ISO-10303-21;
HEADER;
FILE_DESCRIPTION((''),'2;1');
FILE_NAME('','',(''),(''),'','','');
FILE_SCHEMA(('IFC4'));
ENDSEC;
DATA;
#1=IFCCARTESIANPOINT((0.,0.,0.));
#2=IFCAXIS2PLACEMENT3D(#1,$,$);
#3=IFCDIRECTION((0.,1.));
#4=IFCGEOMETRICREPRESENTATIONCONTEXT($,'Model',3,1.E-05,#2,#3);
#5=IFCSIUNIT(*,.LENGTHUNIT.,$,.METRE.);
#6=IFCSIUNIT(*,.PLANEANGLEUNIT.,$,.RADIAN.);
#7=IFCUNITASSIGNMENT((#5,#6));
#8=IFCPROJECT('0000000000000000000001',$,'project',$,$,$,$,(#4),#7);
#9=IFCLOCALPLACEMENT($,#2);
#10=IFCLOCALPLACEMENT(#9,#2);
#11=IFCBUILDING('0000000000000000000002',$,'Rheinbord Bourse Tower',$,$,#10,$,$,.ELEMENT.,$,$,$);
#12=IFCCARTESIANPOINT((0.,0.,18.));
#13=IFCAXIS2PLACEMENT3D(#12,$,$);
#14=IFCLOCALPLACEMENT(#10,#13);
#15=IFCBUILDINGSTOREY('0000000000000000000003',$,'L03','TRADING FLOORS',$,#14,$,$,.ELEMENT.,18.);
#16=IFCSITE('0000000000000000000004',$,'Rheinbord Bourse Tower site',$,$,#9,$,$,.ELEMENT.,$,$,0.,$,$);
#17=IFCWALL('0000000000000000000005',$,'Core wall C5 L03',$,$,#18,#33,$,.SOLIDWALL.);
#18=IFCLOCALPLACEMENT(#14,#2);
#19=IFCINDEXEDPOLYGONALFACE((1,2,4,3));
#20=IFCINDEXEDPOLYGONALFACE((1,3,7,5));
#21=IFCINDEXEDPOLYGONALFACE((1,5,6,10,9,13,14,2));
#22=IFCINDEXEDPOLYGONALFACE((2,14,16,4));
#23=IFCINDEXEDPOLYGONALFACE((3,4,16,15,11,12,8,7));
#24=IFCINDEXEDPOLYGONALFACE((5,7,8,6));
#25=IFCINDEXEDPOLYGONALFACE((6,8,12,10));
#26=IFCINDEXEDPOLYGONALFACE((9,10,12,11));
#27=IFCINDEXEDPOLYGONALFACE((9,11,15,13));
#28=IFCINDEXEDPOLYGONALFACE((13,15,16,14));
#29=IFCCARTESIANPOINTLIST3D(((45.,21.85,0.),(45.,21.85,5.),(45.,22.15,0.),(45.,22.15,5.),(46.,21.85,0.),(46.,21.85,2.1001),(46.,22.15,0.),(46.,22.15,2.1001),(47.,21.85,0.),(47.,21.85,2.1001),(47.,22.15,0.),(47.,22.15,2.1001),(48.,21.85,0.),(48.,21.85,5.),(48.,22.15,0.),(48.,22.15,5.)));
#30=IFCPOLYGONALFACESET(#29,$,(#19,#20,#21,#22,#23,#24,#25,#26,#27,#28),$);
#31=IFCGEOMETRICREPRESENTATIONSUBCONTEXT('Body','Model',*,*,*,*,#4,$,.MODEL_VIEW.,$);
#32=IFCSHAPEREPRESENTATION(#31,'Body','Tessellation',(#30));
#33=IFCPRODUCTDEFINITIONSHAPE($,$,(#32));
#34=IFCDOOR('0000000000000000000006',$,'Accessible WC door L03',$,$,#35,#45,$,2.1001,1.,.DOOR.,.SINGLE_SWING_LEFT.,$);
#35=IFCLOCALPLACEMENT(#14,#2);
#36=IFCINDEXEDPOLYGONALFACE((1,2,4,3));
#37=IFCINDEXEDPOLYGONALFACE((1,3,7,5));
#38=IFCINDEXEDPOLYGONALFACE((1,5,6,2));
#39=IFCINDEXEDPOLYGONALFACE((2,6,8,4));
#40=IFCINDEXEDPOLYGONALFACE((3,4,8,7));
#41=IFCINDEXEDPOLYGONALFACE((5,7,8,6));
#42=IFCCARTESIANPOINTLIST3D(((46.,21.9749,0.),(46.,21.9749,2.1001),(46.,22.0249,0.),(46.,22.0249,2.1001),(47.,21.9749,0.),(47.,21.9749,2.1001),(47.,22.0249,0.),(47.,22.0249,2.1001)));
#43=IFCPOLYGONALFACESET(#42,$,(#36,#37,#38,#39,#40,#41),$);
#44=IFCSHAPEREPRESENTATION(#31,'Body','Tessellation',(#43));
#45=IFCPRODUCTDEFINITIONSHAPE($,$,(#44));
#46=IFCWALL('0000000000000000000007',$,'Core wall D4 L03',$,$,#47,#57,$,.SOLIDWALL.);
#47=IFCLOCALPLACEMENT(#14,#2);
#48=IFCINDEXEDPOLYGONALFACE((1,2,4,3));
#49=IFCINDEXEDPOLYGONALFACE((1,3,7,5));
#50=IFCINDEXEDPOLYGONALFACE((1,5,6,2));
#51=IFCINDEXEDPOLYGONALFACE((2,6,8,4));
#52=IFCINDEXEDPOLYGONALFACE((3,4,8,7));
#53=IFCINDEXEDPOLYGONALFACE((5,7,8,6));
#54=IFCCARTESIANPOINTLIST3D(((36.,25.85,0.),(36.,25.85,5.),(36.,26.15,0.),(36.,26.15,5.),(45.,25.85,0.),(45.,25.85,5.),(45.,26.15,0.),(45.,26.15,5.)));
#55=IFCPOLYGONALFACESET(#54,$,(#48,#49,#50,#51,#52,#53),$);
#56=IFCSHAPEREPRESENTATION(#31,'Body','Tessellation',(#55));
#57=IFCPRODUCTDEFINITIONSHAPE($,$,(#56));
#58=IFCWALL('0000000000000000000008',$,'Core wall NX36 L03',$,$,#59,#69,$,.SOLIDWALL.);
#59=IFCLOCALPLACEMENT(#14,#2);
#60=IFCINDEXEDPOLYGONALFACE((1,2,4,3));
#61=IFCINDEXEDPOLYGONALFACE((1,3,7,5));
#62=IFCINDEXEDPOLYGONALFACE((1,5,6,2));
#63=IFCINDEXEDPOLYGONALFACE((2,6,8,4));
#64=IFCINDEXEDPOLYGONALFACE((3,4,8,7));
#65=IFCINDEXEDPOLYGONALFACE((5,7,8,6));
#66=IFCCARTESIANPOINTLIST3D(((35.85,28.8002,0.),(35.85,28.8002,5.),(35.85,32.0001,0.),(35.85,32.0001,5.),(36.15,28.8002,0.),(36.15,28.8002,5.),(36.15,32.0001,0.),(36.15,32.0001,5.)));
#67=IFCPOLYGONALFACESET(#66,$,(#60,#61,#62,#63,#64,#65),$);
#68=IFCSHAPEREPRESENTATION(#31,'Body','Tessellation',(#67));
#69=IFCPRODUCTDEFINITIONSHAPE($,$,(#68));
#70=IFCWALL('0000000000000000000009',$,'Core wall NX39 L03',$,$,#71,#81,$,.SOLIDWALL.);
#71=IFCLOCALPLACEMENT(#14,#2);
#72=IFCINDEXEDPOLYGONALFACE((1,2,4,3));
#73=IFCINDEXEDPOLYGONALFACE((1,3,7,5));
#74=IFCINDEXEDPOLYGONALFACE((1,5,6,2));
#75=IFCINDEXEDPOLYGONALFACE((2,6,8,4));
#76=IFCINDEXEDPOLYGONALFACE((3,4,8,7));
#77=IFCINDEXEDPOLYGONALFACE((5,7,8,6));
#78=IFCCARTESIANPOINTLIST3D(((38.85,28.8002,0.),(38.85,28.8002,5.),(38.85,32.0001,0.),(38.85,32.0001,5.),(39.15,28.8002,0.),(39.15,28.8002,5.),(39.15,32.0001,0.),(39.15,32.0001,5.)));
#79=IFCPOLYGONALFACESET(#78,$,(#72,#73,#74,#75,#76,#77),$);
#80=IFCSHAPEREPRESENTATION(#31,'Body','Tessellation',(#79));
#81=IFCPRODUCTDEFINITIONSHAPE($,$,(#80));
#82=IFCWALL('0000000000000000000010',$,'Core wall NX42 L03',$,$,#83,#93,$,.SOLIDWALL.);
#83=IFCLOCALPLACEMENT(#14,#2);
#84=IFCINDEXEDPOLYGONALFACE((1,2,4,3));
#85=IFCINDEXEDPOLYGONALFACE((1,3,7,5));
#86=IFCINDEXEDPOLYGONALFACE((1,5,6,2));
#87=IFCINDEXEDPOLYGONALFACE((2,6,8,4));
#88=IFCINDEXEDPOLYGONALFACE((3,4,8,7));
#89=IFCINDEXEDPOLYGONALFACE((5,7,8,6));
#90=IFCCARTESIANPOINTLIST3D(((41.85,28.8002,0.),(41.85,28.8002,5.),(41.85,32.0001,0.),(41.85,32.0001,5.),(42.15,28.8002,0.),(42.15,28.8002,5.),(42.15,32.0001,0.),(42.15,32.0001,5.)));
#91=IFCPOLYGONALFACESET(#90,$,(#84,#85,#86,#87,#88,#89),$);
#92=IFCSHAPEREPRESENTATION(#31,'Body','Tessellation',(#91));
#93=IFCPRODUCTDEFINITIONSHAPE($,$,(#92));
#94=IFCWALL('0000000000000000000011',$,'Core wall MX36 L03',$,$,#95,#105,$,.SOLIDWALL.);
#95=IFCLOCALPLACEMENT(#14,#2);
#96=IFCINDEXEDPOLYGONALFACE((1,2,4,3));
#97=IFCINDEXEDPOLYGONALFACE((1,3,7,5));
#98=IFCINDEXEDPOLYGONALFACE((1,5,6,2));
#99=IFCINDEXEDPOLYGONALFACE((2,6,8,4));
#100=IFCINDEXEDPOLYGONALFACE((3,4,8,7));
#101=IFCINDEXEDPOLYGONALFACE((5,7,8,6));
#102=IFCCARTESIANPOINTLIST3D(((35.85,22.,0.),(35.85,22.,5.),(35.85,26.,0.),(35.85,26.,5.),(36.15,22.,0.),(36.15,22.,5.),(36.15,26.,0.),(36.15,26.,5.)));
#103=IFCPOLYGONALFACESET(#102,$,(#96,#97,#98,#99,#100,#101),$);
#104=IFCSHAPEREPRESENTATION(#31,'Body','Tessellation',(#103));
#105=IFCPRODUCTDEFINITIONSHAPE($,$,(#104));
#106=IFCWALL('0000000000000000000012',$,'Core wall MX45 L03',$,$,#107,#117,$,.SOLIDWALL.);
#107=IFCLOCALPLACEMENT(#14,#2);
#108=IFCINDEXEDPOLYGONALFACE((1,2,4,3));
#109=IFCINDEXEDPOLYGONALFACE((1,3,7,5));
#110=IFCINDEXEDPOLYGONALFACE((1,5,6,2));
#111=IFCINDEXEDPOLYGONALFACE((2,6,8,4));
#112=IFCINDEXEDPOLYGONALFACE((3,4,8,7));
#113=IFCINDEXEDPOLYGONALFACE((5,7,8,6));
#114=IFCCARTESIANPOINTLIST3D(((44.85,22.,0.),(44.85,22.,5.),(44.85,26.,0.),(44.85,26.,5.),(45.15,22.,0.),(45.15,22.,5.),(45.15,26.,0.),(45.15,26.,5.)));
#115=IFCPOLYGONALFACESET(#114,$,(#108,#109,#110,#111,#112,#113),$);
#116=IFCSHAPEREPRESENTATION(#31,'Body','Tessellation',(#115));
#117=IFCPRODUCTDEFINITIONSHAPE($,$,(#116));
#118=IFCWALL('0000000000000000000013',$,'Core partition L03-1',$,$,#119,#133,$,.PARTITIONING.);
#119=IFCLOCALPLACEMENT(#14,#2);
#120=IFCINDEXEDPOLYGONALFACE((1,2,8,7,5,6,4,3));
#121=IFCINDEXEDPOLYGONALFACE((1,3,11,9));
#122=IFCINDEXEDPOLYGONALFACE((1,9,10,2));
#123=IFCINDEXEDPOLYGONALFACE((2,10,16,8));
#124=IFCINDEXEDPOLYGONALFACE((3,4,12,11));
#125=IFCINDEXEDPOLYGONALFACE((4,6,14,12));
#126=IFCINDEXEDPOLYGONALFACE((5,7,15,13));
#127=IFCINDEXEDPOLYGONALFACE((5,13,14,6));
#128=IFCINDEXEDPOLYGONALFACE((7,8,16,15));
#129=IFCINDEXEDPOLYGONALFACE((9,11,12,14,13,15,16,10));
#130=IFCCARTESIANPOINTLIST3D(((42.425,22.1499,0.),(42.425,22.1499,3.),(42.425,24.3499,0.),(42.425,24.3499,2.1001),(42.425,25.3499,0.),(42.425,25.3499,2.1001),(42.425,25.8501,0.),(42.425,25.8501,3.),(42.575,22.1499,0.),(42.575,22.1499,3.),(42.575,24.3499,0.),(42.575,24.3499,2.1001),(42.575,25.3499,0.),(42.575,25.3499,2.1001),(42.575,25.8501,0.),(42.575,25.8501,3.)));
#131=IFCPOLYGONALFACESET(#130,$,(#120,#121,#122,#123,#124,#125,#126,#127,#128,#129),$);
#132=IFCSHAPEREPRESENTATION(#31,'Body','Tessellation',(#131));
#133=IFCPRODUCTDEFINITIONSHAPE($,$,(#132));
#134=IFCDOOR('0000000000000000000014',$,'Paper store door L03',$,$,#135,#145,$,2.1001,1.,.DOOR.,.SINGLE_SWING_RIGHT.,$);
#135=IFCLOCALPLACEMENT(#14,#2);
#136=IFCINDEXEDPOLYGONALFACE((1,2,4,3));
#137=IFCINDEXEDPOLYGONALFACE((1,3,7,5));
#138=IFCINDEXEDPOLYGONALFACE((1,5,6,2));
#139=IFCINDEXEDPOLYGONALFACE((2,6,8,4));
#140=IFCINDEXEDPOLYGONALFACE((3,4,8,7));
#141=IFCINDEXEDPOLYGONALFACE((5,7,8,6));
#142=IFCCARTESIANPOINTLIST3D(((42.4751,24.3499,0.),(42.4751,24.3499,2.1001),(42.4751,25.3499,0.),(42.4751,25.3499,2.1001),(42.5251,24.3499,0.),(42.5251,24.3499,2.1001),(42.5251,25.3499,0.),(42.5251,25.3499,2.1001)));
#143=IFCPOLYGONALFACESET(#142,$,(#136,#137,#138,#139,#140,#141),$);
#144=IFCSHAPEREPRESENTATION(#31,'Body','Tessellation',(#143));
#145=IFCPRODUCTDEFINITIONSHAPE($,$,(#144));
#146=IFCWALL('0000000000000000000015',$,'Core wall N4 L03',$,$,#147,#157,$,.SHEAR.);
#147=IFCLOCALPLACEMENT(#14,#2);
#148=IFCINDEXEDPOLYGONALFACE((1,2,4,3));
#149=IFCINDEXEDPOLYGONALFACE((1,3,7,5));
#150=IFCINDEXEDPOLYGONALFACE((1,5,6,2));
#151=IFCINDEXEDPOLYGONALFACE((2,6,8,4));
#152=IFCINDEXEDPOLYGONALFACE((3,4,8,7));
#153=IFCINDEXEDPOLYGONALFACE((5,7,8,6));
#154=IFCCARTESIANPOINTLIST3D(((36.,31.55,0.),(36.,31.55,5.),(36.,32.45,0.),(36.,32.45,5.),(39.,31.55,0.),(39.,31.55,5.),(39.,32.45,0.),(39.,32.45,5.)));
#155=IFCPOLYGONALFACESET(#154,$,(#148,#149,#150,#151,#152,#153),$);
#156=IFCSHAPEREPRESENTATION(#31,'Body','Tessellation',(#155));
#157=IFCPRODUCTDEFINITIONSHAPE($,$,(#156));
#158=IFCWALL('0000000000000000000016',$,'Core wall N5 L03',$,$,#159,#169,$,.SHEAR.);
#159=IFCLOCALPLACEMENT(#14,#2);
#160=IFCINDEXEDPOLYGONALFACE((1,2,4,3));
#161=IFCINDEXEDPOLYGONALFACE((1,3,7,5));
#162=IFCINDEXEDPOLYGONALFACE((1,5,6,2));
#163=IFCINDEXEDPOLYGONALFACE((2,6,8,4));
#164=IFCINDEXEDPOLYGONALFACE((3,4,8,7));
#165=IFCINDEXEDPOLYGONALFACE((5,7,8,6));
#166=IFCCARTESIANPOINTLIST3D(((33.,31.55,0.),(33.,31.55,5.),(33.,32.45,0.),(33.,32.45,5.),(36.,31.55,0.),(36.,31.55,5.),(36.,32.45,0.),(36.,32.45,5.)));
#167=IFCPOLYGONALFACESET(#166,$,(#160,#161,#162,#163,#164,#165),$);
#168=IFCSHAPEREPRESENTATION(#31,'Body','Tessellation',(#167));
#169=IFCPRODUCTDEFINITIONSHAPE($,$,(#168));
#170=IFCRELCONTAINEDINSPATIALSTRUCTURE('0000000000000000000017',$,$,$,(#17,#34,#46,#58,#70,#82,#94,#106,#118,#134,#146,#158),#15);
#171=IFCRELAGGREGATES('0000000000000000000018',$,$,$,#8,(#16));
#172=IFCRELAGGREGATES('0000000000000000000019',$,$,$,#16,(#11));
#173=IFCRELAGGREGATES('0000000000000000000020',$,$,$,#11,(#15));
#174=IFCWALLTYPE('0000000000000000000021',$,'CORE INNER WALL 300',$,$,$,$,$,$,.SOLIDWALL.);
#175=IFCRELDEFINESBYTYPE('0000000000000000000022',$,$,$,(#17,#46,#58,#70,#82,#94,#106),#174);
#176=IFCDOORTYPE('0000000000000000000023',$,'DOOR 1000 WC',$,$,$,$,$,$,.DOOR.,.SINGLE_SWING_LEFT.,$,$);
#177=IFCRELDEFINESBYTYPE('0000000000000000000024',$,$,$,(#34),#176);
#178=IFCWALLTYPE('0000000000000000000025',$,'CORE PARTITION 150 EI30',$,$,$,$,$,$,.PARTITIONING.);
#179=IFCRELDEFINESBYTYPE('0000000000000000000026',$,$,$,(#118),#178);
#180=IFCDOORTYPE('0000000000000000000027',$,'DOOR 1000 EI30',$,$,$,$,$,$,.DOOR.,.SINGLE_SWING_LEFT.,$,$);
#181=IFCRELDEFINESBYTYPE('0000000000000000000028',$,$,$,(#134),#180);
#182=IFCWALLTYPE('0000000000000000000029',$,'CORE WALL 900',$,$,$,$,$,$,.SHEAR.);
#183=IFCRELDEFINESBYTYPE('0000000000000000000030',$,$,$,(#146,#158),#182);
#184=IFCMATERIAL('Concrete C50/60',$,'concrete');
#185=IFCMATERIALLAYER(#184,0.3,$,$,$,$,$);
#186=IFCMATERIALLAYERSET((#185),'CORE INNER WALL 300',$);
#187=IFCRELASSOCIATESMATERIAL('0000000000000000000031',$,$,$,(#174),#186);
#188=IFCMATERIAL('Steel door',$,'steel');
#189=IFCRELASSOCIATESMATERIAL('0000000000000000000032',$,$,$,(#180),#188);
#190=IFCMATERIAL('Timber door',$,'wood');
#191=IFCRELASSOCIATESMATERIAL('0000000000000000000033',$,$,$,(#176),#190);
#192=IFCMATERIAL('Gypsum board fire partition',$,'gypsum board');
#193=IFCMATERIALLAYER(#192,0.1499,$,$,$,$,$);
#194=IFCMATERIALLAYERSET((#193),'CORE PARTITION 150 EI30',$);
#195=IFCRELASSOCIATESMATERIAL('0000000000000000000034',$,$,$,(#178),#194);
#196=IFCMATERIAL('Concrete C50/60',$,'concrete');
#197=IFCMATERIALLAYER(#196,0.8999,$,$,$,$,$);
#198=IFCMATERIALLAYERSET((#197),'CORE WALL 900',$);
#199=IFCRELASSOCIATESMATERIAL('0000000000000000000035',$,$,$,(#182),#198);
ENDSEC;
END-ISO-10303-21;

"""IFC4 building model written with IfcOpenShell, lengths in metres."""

from ifc_helpers import new_model, si_unit, direction, frame, frame_2d, origin, place, context, subcontext, project, spatial, rectangle, extrude, material, layer, layer_set, type_object, element, fill, save


model = new_model("IFC4")

# Units and contexts
model_context = context("Model", 3, precision=1e-05, world=origin(), true_north=direction((0.0, 1.0)))
body_context = subcontext(model_context, "Body", "Model", "MODEL_VIEW")
ifc_project = project(units=[si_unit("LENGTHUNIT", "METRE"), si_unit("PLANEANGLEUNIT", "RADIAN")], contexts=[model_context])

# Site, building, storey
site_placement = place(None, origin())
site = spatial("IfcSite", under=ifc_project, at=site_placement, Name="Rheinbord Bourse Tower site", CompositionType="ELEMENT", RefElevation=0.0)
building_placement = place(site_placement, origin())
building = spatial("IfcBuilding", under=site, at=building_placement, Name="Rheinbord Bourse Tower", CompositionType="ELEMENT")
storey_placement = place(building_placement, frame((0.0, 0.0, 18.0)))
storey = spatial("IfcBuildingStorey", under=building, at=storey_placement, Name="L03", Description="TRADING FLOORS", CompositionType="ELEMENT", Elevation=18.0)

# Shared definitions
ifc_material_1 = material(Name="Concrete C50/60", Category="concrete")
ifc_layer_1 = layer(ifc_material_1, 0.3)
ifc_layer_set_1 = layer_set([ifc_layer_1], Name="CORE INNER WALL 300")
wall_type_1 = type_object("IfcWallType", Name="CORE INNER WALL 300", PredefinedType="SOLIDWALL", material=ifc_layer_set_1)

# Shared definitions
ifc_material_2 = material(Name="Steel door", Category="steel")
door_type_1 = type_object("IfcDoorType", Name="DOOR 1000 EI30", OperationType="SINGLE_SWING_LEFT", PredefinedType="DOOR", material=ifc_material_2)

# Wall, opening, door
wall_1_placement = place(storey_placement, frame((45.0, 22.0, 0.0), z_axis=(0.0, 0.0, 1.0), x_axis=(1.0, 0.0, 0.0)))
wall_1 = element("IfcWall", 1, at=wall_1_placement, inside=storey, type_object=wall_type_1, Name="Core wall C5 L03", PredefinedType="SOLIDWALL", context=body_context, shape_type="SweptSolid", body=[
    extrude(rectangle(XDim=3.0, YDim=0.3, at=frame_2d((1.5, 0.0))), origin(), (0.0, 0.0, 1.0), 5.0),
])
opening_1_placement = place(wall_1_placement, frame((1.0, 0.0, 0.0)))
opening_1 = element("IfcOpeningElement", 2, at=opening_1_placement, cuts=wall_1, PredefinedType="OPENING", context=body_context, shape_type="SweptSolid", body=[
    extrude(rectangle(XDim=1.0, YDim=2.1001, at=frame_2d((0.5, 1.05))), frame((0.0, 0.1599, 0.0), z_axis=(0.0, -1.0, 0.0), x_axis=(1.0, 0.0, 0.0)), (0.0, 0.0, 1.0), 0.3201),
])
ifc_material_3 = material(Name="Timber door", Category="wood")
door_type_2 = type_object("IfcDoorType", Name="DOOR 1000 WC", OperationType="SINGLE_SWING_LEFT", PredefinedType="DOOR", material=ifc_material_3)
door_1_placement = place(opening_1_placement, origin())
door_1 = element("IfcDoor", 3, at=door_1_placement, inside=storey, type_object=door_type_2, Name="Accessible WC door L03", OperationType="SINGLE_SWING_LEFT", OverallHeight=2.1001, OverallWidth=1.0, PredefinedType="DOOR", context=body_context, shape_type="SweptSolid", body=[
    extrude(rectangle(XDim=1.0, YDim=2.1001, at=frame_2d((0.5, 1.05))), frame((0.0, 0.0249, 0.0), z_axis=(0.0, -1.0, 0.0), x_axis=(1.0, 0.0, 0.0)), (0.0, 0.0, 1.0), 0.05),
])
fill(opening_1, door_1)

# Walls
wall_2_placement = place(storey_placement, frame((36.0, 26.0, 0.0), z_axis=(0.0, 0.0, 1.0), x_axis=(1.0, 0.0, 0.0)))
element("IfcWall", 4, at=wall_2_placement, inside=storey, type_object=wall_type_1, Name="Core wall D4 L03", PredefinedType="SOLIDWALL", context=body_context, shape_type="SweptSolid", body=[
    extrude(rectangle(XDim=9.0, YDim=0.3, at=frame_2d((4.5, 0.0))), origin(), (0.0, 0.0, 1.0), 5.0),
])
for number, where, z_axis, x_axis, name in (
    (5, (36.0, 28.8, 0.0), (0.0, 0.0, 1.0), (0.0, 1.0, 0.0), "Core wall NX36 L03"),
    (6, (39.0, 28.8, 0.0), (0.0, 0.0, 1.0), (0.0, 1.0, 0.0), "Core wall NX39 L03"),
    (7, (42.0, 28.8, 0.0), (0.0, 0.0, 1.0), (0.0, 1.0, 0.0), "Core wall NX42 L03"),
):
    element("IfcWall", number, at=place(storey_placement, frame(where, z_axis=z_axis, x_axis=x_axis)), inside=storey, type_object=wall_type_1, Name=name, PredefinedType="SOLIDWALL", context=body_context, shape_type="SweptSolid", body=[
        extrude(rectangle(XDim=3.2, YDim=0.3, at=frame_2d((1.6001, 0.0))), origin(), (0.0, 0.0, 1.0), 5.0),
    ])
for number, where, z_axis, x_axis, name in (
    (8, (36.0, 22.0, 0.0), (0.0, 0.0, 1.0), (0.0, 1.0, 0.0), "Core wall MX36 L03"),
    (9, (45.0, 22.0, 0.0), (0.0, 0.0, 1.0), (0.0, 1.0, 0.0), "Core wall MX45 L03"),
):
    element("IfcWall", number, at=place(storey_placement, frame(where, z_axis=z_axis, x_axis=x_axis)), inside=storey, type_object=wall_type_1, Name=name, PredefinedType="SOLIDWALL", context=body_context, shape_type="SweptSolid", body=[
        extrude(rectangle(XDim=4.0, YDim=0.3, at=frame_2d((2.0, 0.0))), origin(), (0.0, 0.0, 1.0), 5.0),
    ])

# Wall, opening, door
ifc_material_4 = material(Name="Gypsum board fire partition", Category="gypsum board")
ifc_layer_2 = layer(ifc_material_4, 0.1499)
ifc_layer_set_2 = layer_set([ifc_layer_2], Name="CORE PARTITION 150 EI30")
wall_type_2 = type_object("IfcWallType", Name="CORE PARTITION 150 EI30", PredefinedType="PARTITIONING", material=ifc_layer_set_2)
wall_3_placement = place(storey_placement, frame((42.5, 22.1499, 0.0), z_axis=(0.0, 0.0, 1.0), x_axis=(0.0, 1.0, 0.0)))
wall_3 = element("IfcWall", 10, at=wall_3_placement, inside=storey, type_object=wall_type_2, Name="Core partition L03-1", PredefinedType="PARTITIONING", context=body_context, shape_type="SweptSolid", body=[
    extrude(rectangle(XDim=3.7002, YDim=0.1499, at=frame_2d((1.8501, 0.0))), origin(), (0.0, 0.0, 1.0), 3.0),
])
opening_2_placement = place(wall_3_placement, frame((2.2, 0.0, 0.0)))
opening_2 = element("IfcOpeningElement", 11, at=opening_2_placement, cuts=wall_3, PredefinedType="OPENING", context=body_context, shape_type="SweptSolid", body=[
    extrude(rectangle(XDim=1.0, YDim=2.1001, at=frame_2d((0.5, 1.05))), frame((0.0, 0.085, 0.0), z_axis=(0.0, -1.0, 0.0), x_axis=(1.0, 0.0, 0.0)), (0.0, 0.0, 1.0), 0.1699),
])
door_2_placement = place(opening_2_placement, origin())
door_2 = element("IfcDoor", 12, at=door_2_placement, inside=storey, type_object=door_type_1, Name="Paper store door L03", OperationType="SINGLE_SWING_RIGHT", OverallHeight=2.1001, OverallWidth=1.0, PredefinedType="DOOR", context=body_context, shape_type="SweptSolid", body=[
    extrude(rectangle(XDim=1.0, YDim=2.1001, at=frame_2d((0.5, 1.05))), frame((0.0, 0.0249, 0.0), z_axis=(0.0, -1.0, 0.0), x_axis=(1.0, 0.0, 0.0)), (0.0, 0.0, 1.0), 0.05),
])
fill(opening_2, door_2)

# Walls
ifc_material_5 = material(Name="Concrete C50/60", Category="concrete")
ifc_layer_3 = layer(ifc_material_5, 0.8999)
ifc_layer_set_3 = layer_set([ifc_layer_3], Name="CORE WALL 900")
wall_type_3 = type_object("IfcWallType", Name="CORE WALL 900", PredefinedType="SHEAR", material=ifc_layer_set_3)
for number, where, z_axis, x_axis, name in (
    (13, (39.0, 32.0, 0.0), (0.0, 0.0, 1.0), (-1.0, 0.0, 0.0), "Core wall N4 L03"),
    (14, (36.0, 32.0, 0.0), (0.0, 0.0, 1.0), (-1.0, 0.0, 0.0), "Core wall N5 L03"),
):
    element("IfcWall", number, at=place(storey_placement, frame(where, z_axis=z_axis, x_axis=x_axis)), inside=storey, type_object=wall_type_3, Name=name, PredefinedType="SHEAR", context=body_context, shape_type="SweptSolid", body=[
        extrude(rectangle(XDim=3.0, YDim=0.8999, at=frame_2d((1.5, 0.0))), origin(), (0.0, 0.0, 1.0), 5.0),
    ])

save(model, "model.ifc")
